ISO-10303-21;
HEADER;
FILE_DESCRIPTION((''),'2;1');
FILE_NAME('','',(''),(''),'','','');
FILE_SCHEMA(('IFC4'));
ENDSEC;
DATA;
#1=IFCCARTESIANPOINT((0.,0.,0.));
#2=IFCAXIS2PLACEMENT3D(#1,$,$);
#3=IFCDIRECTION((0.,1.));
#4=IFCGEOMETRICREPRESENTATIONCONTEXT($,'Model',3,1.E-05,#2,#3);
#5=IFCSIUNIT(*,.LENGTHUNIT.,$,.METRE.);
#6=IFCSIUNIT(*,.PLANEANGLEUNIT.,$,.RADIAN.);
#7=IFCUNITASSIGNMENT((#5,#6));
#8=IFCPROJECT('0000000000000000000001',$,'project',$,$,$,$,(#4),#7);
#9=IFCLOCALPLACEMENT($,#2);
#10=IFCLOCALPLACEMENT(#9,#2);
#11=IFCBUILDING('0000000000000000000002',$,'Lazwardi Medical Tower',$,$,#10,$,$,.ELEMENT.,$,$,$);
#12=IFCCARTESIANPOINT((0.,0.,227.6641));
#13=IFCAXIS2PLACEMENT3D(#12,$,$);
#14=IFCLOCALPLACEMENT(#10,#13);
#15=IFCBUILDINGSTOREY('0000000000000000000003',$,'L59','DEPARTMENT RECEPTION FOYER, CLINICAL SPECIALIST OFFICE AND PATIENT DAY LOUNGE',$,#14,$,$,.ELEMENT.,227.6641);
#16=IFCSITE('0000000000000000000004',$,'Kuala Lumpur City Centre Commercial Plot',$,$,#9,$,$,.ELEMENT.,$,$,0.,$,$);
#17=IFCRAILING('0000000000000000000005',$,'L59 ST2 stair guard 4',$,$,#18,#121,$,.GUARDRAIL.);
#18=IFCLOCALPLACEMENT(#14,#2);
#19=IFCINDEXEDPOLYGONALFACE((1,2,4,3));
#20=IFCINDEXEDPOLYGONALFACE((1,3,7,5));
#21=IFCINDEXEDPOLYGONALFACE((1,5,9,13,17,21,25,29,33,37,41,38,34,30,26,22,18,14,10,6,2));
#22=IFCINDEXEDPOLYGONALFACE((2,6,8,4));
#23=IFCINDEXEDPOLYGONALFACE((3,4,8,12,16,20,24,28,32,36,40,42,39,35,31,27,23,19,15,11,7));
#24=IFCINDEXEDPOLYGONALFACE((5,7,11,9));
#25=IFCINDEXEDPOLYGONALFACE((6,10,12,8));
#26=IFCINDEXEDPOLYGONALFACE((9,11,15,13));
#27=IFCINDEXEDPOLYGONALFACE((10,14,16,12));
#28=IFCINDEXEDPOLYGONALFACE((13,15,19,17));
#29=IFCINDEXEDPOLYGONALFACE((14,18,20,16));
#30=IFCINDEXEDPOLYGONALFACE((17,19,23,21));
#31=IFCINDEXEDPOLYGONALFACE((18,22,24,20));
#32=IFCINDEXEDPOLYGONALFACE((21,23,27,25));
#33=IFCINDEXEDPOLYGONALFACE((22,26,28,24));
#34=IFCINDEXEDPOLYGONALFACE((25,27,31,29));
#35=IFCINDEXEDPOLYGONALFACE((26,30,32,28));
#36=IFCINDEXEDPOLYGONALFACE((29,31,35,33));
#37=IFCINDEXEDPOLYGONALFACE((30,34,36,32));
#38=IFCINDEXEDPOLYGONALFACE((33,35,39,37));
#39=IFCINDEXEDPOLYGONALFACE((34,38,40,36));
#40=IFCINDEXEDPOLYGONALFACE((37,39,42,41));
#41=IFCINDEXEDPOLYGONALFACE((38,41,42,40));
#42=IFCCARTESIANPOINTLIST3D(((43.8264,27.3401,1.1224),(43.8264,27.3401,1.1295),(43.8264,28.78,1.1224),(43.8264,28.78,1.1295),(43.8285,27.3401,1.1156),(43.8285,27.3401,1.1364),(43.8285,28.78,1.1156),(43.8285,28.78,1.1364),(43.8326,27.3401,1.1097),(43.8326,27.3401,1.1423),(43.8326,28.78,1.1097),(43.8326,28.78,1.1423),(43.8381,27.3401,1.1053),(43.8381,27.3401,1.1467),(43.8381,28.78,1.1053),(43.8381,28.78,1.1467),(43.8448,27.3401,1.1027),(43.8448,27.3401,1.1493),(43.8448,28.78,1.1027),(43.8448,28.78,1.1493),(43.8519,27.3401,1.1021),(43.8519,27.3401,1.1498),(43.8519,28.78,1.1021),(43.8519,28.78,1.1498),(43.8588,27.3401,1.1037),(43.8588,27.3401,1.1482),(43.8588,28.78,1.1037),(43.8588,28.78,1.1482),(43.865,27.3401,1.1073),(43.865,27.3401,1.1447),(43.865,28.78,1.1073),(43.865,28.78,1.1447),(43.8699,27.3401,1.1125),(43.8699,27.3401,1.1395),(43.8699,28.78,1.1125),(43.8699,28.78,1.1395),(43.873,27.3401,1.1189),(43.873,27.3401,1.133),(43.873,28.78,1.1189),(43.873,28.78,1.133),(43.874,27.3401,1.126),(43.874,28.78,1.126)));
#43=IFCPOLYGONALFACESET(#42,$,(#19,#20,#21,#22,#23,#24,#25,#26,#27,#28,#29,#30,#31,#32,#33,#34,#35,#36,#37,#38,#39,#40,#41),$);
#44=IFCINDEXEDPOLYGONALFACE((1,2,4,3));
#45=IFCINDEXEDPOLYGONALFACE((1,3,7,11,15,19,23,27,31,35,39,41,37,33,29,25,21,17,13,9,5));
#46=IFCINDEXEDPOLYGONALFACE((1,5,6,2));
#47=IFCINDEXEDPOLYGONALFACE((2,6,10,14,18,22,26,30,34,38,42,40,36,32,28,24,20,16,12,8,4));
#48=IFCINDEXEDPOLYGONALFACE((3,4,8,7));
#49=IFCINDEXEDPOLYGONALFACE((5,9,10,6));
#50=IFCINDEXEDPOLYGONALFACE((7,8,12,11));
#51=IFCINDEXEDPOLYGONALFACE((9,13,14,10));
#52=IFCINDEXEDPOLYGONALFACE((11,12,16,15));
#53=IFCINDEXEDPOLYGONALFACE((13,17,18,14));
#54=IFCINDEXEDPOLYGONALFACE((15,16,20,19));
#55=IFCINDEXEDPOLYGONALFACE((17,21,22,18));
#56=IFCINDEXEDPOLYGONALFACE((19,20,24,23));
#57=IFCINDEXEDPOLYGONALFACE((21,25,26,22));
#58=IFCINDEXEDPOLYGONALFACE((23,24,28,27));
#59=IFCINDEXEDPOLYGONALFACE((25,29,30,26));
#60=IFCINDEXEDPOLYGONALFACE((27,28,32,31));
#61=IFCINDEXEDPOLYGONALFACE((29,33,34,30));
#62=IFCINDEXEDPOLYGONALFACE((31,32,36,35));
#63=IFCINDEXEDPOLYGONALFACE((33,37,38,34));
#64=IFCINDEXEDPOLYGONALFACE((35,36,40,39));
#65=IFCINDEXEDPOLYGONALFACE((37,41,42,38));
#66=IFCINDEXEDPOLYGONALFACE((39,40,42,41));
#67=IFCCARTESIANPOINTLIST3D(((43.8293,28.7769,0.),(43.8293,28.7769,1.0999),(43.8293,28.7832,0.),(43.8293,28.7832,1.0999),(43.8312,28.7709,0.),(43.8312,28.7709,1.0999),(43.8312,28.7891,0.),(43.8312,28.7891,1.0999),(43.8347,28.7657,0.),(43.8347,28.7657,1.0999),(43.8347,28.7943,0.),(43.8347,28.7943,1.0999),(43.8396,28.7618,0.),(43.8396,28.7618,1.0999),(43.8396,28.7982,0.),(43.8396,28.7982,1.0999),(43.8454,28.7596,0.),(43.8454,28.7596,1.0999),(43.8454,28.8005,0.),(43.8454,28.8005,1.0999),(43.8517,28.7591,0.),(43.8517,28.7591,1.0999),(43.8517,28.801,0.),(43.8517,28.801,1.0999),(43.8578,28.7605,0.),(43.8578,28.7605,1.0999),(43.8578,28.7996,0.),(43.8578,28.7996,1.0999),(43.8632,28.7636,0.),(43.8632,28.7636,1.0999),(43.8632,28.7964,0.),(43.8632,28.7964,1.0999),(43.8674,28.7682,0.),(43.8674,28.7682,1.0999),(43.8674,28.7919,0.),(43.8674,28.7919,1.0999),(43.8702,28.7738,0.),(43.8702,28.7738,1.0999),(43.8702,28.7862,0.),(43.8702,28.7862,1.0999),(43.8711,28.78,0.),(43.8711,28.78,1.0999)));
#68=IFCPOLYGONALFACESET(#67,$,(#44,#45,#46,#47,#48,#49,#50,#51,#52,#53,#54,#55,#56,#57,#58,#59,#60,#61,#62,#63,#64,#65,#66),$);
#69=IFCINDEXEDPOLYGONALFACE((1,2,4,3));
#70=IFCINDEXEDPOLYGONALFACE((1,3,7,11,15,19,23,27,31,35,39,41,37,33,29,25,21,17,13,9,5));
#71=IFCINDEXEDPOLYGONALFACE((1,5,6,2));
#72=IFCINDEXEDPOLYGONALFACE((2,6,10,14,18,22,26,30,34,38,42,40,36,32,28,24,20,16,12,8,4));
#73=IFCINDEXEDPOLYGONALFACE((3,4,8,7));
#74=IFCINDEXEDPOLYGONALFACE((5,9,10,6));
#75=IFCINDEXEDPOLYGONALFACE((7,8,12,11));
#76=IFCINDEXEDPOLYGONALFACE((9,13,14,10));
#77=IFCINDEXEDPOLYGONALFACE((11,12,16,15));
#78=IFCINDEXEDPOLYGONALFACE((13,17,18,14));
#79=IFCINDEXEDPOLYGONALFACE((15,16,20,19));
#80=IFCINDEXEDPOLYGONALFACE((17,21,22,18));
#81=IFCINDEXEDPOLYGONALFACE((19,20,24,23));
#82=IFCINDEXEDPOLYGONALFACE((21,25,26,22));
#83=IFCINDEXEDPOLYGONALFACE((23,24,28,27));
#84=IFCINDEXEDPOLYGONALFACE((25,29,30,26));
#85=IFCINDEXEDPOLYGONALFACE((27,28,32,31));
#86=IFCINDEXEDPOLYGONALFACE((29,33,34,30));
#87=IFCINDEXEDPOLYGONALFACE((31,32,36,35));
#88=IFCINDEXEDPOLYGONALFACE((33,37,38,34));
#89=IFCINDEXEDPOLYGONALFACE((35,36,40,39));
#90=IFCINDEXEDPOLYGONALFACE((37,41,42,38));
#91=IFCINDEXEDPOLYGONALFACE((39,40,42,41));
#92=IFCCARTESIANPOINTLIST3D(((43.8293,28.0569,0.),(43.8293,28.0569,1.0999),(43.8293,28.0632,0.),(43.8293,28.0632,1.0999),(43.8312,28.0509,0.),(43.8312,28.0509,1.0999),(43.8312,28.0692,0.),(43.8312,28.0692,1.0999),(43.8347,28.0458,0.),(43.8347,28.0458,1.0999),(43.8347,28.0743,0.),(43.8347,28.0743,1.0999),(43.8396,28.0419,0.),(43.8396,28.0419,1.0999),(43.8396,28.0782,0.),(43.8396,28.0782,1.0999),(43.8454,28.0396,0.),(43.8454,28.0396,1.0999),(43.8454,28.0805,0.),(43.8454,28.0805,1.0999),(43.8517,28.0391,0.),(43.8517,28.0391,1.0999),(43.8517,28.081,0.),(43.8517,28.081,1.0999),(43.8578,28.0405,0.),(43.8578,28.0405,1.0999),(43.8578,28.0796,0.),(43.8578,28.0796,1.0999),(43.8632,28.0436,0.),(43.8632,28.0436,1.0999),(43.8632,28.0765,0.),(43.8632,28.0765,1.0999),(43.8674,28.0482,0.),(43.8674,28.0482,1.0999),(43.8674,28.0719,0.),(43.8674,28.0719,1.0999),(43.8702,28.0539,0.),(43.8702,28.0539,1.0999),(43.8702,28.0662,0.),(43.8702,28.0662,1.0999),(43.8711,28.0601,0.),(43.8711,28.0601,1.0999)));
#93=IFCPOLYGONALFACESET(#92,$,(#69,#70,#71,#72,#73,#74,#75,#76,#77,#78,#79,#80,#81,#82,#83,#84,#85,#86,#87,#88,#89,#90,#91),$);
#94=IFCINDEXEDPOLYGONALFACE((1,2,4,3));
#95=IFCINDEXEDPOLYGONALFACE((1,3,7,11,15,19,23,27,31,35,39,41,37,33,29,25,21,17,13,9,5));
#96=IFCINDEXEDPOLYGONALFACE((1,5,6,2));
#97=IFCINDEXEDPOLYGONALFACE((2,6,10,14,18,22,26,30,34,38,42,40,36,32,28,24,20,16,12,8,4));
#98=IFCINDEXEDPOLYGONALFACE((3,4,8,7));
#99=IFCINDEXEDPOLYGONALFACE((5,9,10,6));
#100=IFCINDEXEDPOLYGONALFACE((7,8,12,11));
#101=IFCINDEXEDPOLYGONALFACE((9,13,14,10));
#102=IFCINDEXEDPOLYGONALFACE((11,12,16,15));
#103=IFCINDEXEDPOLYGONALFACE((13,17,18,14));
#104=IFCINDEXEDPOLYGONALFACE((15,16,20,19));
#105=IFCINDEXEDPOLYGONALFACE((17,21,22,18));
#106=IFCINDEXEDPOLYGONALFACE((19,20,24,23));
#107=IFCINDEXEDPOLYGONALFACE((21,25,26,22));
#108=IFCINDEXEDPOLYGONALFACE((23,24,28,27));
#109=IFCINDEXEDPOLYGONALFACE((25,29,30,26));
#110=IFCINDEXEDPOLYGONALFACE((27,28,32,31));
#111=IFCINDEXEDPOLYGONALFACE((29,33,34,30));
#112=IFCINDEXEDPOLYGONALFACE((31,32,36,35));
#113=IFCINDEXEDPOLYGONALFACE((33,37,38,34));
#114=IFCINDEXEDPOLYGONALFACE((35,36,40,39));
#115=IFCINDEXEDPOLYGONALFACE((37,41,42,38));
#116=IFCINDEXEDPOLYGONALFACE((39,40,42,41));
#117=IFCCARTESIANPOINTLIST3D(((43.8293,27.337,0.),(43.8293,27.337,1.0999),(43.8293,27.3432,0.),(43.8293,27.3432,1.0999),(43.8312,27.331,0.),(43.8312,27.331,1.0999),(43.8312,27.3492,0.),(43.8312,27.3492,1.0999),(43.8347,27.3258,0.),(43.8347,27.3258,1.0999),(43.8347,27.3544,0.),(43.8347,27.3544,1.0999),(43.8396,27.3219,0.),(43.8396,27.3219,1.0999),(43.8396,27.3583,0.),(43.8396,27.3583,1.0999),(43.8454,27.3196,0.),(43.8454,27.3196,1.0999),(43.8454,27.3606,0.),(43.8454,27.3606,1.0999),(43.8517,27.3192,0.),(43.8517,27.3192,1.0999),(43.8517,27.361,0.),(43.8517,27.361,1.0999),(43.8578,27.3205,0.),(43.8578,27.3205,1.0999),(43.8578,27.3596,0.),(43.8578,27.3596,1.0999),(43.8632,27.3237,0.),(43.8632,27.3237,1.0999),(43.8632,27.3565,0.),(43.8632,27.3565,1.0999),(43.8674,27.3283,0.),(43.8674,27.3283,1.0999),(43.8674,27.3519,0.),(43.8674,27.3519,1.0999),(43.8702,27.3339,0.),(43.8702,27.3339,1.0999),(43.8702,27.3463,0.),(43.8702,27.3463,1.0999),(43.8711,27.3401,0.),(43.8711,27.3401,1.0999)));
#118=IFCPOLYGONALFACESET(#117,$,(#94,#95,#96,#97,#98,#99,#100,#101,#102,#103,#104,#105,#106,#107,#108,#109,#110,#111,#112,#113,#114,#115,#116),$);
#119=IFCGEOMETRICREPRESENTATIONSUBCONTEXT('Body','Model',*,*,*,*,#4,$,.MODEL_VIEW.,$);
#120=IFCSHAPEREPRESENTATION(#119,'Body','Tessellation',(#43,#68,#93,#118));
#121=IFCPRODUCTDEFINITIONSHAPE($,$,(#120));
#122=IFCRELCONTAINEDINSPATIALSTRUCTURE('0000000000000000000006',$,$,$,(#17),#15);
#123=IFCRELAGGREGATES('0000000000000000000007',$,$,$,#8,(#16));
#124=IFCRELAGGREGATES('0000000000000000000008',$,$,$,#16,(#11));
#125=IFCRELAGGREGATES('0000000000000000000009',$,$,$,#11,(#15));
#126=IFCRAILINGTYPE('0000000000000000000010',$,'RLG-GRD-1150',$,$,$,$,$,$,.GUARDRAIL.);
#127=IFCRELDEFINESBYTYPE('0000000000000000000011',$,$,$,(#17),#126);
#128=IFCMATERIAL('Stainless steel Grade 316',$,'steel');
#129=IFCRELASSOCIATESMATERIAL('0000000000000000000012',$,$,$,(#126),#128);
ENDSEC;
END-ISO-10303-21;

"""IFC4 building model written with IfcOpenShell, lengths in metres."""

from ifc_helpers import new_model, si_unit, direction, frame, origin, origin_2d, place, context, subcontext, project, spatial, circle, extrude, material, type_object, element, save


model = new_model("IFC4")

# Units and contexts
model_context = context("Model", 3, precision=1e-05, world=origin(), true_north=direction((0.0, 1.0)))
body_context = subcontext(model_context, "Body", "Model", "MODEL_VIEW")
ifc_project = project(units=[si_unit("LENGTHUNIT", "METRE"), si_unit("PLANEANGLEUNIT", "RADIAN")], contexts=[model_context])

# Site, building, storey
site_placement = place(None, origin())
site = spatial("IfcSite", under=ifc_project, at=site_placement, Name="Kuala Lumpur City Centre Commercial Plot", CompositionType="ELEMENT", RefElevation=0.0)
building_placement = place(site_placement, origin())
building = spatial("IfcBuilding", under=site, at=building_placement, Name="Lazwardi Medical Tower", CompositionType="ELEMENT")
storey_placement = place(building_placement, frame((0.0, 0.0, 227.6641)))
storey = spatial("IfcBuildingStorey", under=building, at=storey_placement, Name="L59", Description="DEPARTMENT RECEPTION FOYER, CLINICAL SPECIALIST OFFICE AND PATIENT DAY LOUNGE", CompositionType="ELEMENT", Elevation=227.6641)

# Railing
ifc_material_1 = material(Name="Stainless steel Grade 316", Category="steel")
railing_type_1 = type_object("IfcRailingType", Name="RLG-GRD-1150", PredefinedType="GUARDRAIL", material=ifc_material_1)
railing_1_placement = place(storey_placement, frame((43.8501, 28.78, 0.0)))
element("IfcRailing", 1, at=railing_1_placement, inside=storey, type_object=railing_type_1, Name="L59 ST2 stair guard 4", PredefinedType="GUARDRAIL", context=body_context, shape_type="SweptSolid", body=[
    extrude(circle(Radius=0.0239, at=origin_2d()), frame((0.0, 0.0, 1.126), z_axis=(0.0, -1.0, 0.0), x_axis=(1.0, 0.0, 0.0)), (0.0, 0.0, 1.0), 1.4399),
    extrude(circle(Radius=0.021, at=origin_2d()), origin(), (0.0, 0.0, 1.0), 1.0999),
    extrude(circle(Radius=0.021, at=origin_2d()), frame((0.0, -0.72, 0.0)), (0.0, 0.0, 1.0), 1.0999),
    extrude(circle(Radius=0.021, at=origin_2d()), frame((0.0, -1.4399, 0.0)), (0.0, 0.0, 1.0), 1.0999),
])

save(model, "model.ifc")
